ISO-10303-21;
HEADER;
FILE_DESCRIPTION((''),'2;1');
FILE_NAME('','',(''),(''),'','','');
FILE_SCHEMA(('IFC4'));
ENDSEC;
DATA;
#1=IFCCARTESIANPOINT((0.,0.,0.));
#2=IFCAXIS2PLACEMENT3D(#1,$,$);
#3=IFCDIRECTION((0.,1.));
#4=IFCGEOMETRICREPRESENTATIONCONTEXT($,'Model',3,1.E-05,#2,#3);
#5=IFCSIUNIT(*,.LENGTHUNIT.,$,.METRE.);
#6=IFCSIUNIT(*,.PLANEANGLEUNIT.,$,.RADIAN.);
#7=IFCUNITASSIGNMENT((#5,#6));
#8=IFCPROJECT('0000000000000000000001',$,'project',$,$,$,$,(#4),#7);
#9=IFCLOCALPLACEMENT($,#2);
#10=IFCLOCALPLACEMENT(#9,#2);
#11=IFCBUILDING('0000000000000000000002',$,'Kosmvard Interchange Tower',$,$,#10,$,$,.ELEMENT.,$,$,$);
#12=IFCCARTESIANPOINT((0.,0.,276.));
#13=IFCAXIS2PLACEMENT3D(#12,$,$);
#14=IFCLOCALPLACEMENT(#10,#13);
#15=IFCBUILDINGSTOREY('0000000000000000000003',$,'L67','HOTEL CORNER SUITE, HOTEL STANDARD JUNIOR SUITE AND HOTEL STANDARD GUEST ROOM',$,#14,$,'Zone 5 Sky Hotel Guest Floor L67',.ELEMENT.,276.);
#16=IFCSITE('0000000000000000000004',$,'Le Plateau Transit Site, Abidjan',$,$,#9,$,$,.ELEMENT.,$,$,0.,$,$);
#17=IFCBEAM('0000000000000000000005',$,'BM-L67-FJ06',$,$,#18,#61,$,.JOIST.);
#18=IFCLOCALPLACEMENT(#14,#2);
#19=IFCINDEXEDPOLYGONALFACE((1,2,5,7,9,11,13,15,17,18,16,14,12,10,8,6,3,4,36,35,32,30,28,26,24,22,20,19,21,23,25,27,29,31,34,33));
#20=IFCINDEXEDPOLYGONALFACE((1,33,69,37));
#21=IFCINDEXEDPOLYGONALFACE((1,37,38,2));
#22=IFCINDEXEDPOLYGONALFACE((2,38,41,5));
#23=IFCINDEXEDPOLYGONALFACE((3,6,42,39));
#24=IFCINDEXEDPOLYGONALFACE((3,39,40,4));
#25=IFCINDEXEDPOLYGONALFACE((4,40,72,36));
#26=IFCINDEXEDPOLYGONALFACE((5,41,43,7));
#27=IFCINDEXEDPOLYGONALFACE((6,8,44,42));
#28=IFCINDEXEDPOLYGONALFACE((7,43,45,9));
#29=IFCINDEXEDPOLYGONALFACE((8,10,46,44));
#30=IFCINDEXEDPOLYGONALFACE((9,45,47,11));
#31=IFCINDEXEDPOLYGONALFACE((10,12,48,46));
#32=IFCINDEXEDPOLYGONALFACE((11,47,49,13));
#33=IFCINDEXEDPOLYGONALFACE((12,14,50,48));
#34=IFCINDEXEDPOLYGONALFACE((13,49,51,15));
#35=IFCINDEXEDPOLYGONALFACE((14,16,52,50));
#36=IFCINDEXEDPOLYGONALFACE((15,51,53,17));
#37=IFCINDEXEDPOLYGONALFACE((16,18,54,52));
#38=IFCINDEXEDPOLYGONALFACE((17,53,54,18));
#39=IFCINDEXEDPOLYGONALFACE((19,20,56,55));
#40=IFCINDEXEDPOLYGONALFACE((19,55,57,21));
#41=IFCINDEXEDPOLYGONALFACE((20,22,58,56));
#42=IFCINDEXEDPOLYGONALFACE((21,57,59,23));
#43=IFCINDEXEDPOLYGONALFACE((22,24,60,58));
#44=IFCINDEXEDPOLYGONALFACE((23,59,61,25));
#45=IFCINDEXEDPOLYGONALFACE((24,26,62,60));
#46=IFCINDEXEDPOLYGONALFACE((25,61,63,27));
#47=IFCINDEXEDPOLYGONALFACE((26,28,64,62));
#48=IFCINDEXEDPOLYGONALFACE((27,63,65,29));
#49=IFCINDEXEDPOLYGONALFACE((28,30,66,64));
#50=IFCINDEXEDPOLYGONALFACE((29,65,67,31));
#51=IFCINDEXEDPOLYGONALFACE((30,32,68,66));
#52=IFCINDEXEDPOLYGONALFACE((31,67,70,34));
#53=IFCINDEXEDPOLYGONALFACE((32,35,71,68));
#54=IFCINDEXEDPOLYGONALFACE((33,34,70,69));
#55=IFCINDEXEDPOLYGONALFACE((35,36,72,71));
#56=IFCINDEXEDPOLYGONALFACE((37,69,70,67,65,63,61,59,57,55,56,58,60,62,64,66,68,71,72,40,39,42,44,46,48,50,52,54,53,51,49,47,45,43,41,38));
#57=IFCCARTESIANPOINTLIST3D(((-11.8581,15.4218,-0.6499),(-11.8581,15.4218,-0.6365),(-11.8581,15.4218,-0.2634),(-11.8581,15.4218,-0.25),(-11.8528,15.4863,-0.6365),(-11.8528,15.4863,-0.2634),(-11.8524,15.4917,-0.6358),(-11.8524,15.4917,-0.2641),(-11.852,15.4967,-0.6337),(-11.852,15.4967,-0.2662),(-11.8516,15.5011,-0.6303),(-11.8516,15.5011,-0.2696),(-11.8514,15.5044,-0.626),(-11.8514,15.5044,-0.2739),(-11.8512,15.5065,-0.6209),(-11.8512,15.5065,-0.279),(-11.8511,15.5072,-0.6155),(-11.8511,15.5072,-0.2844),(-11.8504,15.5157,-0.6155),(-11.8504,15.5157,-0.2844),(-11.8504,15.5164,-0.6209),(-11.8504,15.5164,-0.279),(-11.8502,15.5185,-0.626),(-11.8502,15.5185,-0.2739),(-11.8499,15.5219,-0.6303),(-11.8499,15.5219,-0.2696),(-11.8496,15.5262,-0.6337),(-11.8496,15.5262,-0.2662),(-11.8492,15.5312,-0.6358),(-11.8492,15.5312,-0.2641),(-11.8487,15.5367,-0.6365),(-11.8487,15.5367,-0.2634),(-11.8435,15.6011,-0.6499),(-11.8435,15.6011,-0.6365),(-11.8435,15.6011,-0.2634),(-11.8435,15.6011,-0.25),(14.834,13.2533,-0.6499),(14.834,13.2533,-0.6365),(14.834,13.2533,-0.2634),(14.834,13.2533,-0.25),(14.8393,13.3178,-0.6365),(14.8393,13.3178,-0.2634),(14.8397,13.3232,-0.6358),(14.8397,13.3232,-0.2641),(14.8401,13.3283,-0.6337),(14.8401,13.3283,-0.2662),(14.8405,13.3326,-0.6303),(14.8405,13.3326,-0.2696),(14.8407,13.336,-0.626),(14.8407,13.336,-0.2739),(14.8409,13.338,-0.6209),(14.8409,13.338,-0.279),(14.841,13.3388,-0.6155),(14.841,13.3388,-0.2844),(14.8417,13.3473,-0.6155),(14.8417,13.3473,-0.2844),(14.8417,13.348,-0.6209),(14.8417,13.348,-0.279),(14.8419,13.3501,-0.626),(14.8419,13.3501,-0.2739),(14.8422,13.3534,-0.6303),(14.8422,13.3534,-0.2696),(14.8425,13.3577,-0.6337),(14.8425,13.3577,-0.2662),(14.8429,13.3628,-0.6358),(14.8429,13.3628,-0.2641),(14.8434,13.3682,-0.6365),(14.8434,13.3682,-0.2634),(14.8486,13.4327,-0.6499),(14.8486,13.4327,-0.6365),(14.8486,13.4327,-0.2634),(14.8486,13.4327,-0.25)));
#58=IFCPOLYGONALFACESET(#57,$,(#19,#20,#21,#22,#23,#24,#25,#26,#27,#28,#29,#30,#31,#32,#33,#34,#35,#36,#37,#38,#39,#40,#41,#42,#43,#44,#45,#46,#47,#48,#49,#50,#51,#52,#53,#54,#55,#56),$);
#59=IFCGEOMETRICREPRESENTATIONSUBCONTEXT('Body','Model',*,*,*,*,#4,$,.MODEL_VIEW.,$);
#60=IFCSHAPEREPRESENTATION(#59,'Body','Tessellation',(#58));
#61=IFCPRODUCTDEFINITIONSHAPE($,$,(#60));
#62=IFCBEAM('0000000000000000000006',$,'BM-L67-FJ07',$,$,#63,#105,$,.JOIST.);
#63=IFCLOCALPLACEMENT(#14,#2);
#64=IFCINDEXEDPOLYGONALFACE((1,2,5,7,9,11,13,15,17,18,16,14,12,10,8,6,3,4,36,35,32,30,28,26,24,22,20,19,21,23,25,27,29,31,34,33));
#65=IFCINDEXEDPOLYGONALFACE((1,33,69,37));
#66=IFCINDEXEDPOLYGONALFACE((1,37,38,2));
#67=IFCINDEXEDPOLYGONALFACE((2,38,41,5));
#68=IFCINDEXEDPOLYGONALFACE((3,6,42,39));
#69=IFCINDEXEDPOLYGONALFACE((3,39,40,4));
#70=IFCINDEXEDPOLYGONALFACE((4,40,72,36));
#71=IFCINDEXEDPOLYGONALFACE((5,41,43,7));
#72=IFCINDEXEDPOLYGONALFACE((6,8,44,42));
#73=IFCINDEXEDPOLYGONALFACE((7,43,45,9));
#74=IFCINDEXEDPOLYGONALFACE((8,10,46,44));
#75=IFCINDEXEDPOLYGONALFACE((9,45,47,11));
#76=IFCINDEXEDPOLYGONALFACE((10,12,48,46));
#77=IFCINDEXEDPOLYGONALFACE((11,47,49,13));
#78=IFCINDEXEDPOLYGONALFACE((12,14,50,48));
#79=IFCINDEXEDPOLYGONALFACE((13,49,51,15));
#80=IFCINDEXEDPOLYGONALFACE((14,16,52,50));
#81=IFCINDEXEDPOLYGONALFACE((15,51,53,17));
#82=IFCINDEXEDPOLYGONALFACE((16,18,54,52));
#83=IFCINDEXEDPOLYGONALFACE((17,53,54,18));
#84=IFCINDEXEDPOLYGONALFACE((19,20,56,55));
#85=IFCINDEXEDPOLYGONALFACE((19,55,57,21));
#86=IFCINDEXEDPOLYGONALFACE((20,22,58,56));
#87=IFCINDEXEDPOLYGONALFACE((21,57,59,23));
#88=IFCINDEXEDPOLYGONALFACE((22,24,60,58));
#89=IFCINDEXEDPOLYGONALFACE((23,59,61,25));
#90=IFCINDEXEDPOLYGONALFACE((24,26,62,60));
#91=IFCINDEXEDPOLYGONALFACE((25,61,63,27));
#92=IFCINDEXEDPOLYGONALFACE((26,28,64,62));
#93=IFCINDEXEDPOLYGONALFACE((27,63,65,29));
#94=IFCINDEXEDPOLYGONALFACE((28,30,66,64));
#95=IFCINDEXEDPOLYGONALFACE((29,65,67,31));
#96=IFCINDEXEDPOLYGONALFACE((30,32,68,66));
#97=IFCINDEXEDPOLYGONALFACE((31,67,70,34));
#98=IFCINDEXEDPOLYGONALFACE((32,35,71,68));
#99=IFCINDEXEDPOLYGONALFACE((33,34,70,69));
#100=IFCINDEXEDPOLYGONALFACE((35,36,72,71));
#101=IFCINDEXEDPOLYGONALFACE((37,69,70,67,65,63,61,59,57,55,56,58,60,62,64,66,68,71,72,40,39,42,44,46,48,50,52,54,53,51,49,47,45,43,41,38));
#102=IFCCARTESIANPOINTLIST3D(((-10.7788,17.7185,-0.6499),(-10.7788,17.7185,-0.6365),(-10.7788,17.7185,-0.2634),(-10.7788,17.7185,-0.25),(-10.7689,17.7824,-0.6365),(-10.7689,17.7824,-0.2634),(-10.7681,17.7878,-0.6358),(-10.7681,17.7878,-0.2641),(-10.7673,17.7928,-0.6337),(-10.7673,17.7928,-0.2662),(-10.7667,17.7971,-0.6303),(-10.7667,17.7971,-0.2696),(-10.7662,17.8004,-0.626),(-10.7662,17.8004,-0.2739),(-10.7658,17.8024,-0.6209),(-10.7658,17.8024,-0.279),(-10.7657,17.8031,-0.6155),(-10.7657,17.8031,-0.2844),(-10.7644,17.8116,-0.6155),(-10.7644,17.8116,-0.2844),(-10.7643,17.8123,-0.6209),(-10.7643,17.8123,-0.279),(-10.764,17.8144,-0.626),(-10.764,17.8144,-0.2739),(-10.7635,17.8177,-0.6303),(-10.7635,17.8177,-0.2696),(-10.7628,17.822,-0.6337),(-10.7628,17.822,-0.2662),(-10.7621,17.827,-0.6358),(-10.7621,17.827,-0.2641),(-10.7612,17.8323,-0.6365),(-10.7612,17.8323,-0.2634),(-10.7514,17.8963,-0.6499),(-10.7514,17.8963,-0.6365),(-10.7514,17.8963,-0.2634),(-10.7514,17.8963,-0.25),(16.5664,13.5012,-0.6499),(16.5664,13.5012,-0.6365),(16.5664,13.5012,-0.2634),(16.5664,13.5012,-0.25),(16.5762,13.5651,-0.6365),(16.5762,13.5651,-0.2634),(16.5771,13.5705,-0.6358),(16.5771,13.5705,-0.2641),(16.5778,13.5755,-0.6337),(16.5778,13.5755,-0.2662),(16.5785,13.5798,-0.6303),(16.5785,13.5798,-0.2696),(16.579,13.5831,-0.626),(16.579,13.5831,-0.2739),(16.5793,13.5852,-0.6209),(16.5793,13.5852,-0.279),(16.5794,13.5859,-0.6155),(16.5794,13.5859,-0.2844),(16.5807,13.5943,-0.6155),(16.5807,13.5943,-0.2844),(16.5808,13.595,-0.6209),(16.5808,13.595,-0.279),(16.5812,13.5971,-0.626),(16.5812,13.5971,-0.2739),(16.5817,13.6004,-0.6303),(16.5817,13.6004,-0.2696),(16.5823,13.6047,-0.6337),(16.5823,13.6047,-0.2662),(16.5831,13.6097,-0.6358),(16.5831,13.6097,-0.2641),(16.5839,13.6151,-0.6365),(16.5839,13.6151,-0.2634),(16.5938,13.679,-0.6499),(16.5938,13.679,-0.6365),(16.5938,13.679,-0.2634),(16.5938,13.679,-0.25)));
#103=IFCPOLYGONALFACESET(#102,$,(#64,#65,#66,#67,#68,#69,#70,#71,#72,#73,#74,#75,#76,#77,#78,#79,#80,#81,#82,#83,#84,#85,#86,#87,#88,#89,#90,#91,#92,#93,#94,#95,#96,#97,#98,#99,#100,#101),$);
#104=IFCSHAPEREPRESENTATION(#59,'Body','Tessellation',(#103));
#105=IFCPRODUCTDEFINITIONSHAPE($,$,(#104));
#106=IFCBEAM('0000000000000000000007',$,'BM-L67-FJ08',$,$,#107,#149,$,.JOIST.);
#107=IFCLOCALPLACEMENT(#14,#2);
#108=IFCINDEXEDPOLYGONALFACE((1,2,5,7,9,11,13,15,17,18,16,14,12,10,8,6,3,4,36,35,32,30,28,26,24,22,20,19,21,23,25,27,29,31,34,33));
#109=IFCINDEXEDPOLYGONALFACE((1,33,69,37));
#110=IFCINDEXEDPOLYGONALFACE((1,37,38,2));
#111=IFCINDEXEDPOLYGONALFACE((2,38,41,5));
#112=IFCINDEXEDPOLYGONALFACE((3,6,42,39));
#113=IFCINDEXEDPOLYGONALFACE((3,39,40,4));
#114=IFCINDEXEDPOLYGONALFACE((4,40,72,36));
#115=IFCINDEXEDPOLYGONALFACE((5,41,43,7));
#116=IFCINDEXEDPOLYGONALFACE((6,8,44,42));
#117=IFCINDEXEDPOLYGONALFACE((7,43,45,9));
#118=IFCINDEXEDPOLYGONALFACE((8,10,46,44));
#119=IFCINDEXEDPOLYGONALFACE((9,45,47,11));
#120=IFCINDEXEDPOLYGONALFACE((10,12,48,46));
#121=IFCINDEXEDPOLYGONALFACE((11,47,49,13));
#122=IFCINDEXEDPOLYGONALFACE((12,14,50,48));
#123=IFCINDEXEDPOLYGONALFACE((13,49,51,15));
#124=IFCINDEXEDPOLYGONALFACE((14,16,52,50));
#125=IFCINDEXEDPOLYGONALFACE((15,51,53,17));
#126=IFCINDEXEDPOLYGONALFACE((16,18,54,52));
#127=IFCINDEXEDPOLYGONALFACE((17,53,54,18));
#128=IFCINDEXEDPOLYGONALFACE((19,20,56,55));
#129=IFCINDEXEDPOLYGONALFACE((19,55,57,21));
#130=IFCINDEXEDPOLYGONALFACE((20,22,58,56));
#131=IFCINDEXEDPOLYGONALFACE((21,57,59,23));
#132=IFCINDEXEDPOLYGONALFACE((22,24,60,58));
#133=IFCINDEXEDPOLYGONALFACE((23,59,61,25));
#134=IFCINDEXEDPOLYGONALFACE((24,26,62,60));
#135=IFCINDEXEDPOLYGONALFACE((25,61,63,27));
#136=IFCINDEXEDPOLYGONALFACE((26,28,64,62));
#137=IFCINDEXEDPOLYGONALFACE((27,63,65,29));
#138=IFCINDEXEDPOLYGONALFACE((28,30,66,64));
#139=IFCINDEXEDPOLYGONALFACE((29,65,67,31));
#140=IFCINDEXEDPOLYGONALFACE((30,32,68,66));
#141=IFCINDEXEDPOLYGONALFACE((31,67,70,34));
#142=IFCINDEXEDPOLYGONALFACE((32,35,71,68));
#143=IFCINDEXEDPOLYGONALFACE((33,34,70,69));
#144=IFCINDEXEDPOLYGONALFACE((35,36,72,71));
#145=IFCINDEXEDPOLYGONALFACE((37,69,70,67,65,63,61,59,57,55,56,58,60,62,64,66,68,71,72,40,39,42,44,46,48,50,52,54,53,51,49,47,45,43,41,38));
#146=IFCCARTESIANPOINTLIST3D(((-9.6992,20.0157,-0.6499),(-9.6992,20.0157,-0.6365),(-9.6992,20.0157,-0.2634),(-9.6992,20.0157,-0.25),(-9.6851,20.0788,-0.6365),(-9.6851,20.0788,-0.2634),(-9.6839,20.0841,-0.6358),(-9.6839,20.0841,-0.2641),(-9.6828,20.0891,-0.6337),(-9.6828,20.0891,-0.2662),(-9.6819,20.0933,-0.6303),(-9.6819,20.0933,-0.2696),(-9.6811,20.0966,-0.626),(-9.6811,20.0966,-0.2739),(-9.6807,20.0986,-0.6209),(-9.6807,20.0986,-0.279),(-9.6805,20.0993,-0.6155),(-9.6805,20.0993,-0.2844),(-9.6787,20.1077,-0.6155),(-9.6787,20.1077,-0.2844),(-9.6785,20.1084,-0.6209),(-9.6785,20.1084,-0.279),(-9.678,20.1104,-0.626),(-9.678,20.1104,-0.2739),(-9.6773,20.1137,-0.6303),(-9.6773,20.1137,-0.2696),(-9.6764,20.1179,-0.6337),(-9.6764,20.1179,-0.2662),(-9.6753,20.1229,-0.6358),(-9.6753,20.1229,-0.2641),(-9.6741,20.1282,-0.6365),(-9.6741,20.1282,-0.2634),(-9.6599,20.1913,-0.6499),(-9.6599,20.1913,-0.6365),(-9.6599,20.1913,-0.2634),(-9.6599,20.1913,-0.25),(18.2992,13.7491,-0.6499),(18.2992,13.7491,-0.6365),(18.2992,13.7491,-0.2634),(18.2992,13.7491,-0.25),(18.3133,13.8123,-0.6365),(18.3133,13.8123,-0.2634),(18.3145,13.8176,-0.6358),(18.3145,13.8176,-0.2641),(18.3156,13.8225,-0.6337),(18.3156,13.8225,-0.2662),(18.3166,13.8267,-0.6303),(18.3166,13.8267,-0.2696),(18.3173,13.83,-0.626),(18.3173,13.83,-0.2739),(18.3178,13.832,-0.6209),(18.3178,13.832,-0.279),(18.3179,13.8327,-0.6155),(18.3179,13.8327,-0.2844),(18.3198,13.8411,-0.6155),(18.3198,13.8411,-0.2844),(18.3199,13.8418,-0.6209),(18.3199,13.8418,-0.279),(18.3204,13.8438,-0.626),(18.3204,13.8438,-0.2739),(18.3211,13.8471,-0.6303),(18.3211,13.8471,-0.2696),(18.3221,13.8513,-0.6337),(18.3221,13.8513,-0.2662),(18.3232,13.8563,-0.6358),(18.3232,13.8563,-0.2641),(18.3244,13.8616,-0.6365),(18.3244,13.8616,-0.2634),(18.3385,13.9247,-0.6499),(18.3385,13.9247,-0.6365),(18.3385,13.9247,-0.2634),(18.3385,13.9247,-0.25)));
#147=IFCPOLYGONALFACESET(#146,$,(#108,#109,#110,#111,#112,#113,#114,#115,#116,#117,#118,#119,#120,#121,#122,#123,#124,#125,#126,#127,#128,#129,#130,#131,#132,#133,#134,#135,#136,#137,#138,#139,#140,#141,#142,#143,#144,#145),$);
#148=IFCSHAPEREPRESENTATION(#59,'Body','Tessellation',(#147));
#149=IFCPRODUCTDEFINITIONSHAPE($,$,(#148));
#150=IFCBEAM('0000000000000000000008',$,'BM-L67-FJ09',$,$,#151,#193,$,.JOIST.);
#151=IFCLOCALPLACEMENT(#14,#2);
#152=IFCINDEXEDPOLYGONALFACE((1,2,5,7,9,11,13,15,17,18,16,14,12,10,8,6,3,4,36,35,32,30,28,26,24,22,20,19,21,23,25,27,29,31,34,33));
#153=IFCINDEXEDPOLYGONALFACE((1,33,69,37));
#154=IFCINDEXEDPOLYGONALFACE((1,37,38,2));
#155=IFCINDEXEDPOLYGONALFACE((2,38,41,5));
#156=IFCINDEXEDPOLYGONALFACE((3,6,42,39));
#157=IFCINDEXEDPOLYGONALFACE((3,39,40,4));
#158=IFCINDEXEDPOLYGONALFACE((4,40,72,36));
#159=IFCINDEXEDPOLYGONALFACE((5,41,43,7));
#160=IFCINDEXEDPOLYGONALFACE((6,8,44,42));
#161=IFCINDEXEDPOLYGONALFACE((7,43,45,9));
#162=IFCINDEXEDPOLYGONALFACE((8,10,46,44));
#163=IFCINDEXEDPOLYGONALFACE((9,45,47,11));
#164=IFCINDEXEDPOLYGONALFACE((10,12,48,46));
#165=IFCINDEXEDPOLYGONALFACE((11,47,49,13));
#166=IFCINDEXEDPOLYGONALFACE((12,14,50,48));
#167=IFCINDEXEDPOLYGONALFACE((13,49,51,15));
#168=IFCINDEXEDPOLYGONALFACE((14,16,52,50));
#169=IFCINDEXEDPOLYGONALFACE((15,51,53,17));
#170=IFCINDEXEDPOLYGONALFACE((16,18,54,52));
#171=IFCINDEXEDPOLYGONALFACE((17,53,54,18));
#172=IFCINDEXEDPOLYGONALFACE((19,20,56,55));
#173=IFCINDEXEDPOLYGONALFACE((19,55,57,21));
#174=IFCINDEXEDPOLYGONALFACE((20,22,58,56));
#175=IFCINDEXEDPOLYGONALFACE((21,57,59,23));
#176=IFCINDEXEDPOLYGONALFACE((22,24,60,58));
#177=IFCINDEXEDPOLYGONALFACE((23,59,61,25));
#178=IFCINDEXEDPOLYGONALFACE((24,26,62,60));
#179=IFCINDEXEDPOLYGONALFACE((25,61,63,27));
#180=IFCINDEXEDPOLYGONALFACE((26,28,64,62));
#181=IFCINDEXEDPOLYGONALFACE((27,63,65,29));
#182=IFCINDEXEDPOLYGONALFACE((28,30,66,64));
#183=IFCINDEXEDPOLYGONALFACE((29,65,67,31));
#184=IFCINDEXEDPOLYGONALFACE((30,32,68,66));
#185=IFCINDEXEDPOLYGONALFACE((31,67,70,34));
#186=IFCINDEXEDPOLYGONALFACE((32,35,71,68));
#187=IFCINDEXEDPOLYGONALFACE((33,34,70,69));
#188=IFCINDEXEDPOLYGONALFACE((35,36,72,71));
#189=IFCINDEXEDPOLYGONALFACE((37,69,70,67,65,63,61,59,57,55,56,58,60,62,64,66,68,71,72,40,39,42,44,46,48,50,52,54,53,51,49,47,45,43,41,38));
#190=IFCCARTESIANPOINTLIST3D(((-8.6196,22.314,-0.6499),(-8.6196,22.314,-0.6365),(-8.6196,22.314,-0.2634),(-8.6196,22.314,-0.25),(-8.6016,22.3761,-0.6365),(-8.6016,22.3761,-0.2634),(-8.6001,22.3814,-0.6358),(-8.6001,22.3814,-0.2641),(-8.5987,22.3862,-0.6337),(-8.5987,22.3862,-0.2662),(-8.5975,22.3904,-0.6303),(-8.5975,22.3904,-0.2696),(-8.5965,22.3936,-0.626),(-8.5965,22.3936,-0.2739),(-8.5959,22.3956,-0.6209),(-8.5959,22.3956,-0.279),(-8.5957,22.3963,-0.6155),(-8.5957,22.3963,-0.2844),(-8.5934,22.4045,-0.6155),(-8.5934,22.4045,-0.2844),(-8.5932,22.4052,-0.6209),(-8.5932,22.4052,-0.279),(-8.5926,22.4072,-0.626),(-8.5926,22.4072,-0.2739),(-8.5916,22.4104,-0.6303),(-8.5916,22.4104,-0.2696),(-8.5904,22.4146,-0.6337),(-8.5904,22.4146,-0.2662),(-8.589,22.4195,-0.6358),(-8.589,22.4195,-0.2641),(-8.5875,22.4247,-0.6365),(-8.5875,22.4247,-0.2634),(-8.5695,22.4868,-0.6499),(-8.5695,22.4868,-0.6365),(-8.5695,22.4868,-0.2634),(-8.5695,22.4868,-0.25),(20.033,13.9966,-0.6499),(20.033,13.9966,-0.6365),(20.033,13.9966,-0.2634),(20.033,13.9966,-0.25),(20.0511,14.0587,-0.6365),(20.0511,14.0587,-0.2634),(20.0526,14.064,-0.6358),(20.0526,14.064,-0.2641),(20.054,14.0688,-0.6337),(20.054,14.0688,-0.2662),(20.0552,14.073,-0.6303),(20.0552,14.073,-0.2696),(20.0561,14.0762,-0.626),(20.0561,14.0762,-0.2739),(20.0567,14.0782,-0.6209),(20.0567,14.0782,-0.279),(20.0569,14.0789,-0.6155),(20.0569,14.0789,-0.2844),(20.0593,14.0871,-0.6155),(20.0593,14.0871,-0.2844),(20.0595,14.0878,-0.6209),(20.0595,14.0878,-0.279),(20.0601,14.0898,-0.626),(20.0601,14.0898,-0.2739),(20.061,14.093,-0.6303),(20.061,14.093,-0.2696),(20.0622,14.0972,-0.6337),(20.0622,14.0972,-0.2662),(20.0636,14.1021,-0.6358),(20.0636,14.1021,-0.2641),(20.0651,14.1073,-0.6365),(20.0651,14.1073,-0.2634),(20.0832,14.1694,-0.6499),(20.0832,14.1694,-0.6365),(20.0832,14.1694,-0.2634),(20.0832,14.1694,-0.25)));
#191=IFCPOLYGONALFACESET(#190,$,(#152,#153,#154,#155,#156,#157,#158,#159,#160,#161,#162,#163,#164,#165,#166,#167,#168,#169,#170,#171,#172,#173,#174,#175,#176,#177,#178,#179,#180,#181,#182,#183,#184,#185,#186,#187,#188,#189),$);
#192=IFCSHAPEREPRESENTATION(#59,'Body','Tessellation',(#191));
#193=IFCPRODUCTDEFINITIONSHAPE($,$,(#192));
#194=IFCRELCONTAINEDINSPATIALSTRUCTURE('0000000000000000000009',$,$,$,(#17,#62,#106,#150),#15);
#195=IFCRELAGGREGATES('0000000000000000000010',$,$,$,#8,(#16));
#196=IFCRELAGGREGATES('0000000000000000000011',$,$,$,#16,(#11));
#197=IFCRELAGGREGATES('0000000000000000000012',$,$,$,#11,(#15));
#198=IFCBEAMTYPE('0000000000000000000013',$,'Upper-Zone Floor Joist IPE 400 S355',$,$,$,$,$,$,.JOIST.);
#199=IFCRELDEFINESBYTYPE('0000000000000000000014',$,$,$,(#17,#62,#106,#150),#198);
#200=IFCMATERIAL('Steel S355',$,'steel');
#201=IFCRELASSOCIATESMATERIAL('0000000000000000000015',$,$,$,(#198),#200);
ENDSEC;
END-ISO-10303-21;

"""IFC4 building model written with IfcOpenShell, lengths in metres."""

from ifc_helpers import new_model, si_unit, direction, frame, origin, origin_2d, place, context, subcontext, project, spatial, i_section, extrude, source, transform, mapped, material, material_profile, profile_set, type_object, element, save


model = new_model("IFC4")

# Units and contexts
model_context = context("Model", 3, precision=1e-05, world=origin(), true_north=direction((0.0, 1.0)))
body_context = subcontext(model_context, "Body", "Model", "MODEL_VIEW")
ifc_project = project(units=[si_unit("LENGTHUNIT", "METRE"), si_unit("PLANEANGLEUNIT", "RADIAN")], contexts=[model_context])

# Site, building, storey
site_placement = place(None, origin())
site = spatial("IfcSite", under=ifc_project, at=site_placement, Name="Le Plateau Transit Site, Abidjan", CompositionType="ELEMENT", RefElevation=0.0)
building_placement = place(site_placement, origin())
building = spatial("IfcBuilding", under=site, at=building_placement, Name="Kosmvard Interchange Tower", CompositionType="ELEMENT")
storey_placement = place(building_placement, frame((0.0, 0.0, 276.0)))
storey = spatial("IfcBuildingStorey", under=building, at=storey_placement, Name="L67", Description="HOTEL CORNER SUITE, HOTEL STANDARD JUNIOR SUITE AND HOTEL STANDARD GUEST ROOM", LongName="Zone 5 Sky Hotel Guest Floor L67", CompositionType="ELEMENT", Elevation=276.0)

# Beams
ifc_material_1 = material(Name="Steel S355", Category="steel")
ifc_material_profile_1 = material_profile(ifc_material_1, i_section(OverallWidth=0.1799, OverallDepth=0.3999, WebThickness=0.0085, FlangeThickness=0.0134, FilletRadius=0.021, at=origin_2d()), Name="IPE 400")
ifc_profile_set_1 = profile_set([ifc_material_profile_1], Name="Steel S355")
beam_type_1 = type_object("IfcBeamType", Name="Upper-Zone Floor Joist IPE 400 S355", PredefinedType="JOIST", material=ifc_profile_set_1)
shared_shape_1 = source(origin(), body_context, "Body", "SweptSolid", [
    extrude(i_section(OverallWidth=0.1799, OverallDepth=0.3999, WebThickness=0.0085, FlangeThickness=0.0134, FilletRadius=0.021, at=origin_2d()), origin(), (0.0, 0.0, 1.0), 26.78),
])
beam_1_placement = place(storey_placement, frame((14.8413, 13.343, -0.45), z_axis=(-0.996716, 0.080973, 0.0), x_axis=(-0.080973, -0.996716, 0.0)))
element("IfcBeam", 1, at=beam_1_placement, inside=storey, type_object=beam_type_1, Name="BM-L67-FJ06", PredefinedType="JOIST", context=body_context, shape_type="MappedRepresentation", body=[
    mapped(shared_shape_1, transform((0.0, 0.0, 0.0), scale=1.0)),
])
shared_shape_2 = source(origin(), body_context, "Body", "SweptSolid", [
    extrude(i_section(OverallWidth=0.1799, OverallDepth=0.3999, WebThickness=0.0085, FlangeThickness=0.0134, FilletRadius=0.021, at=origin_2d()), origin(), (0.0, 0.0, 1.0), 27.6685),
])
beam_2_placement = place(storey_placement, frame((16.5801, 13.5901, -0.45), z_axis=(-0.988316, 0.152422, 0.0), x_axis=(-0.152422, -0.988316, 0.0)))
element("IfcBeam", 2, at=beam_2_placement, inside=storey, type_object=beam_type_1, Name="BM-L67-FJ07", PredefinedType="JOIST", context=body_context, shape_type="MappedRepresentation", body=[
    mapped(shared_shape_2, transform((0.0, 0.0, 0.0), scale=1.0)),
])
shared_shape_3 = source(origin(), body_context, "Body", "SweptSolid", [
    extrude(i_section(OverallWidth=0.1799, OverallDepth=0.3999, WebThickness=0.0085, FlangeThickness=0.0134, FilletRadius=0.021, at=origin_2d()), origin(), (0.0, 0.0, 1.0), 28.6912),
])
beam_3_placement = place(storey_placement, frame((18.3188, 13.8369, -0.45), z_axis=(-0.975856, 0.218415, 0.0), x_axis=(-0.218415, -0.975856, 0.0)))
element("IfcBeam", 3, at=beam_3_placement, inside=storey, type_object=beam_type_1, Name="BM-L67-FJ08", PredefinedType="JOIST", context=body_context, shape_type="MappedRepresentation", body=[
    mapped(shared_shape_3, transform((0.0, 0.0, 0.0), scale=1.0)),
])
shared_shape_4 = source(origin(), body_context, "Body", "SweptSolid", [
    extrude(i_section(OverallWidth=0.1799, OverallDepth=0.3999, WebThickness=0.0085, FlangeThickness=0.0134, FilletRadius=0.021, at=origin_2d()), origin(), (0.0, 0.0, 1.0), 29.8354),
])
beam_4_placement = place(storey_placement, frame((20.0581, 14.083, -0.45), z_axis=(-0.960356, 0.278776, 0.0), x_axis=(-0.278776, -0.960356, 0.0)))
element("IfcBeam", 4, at=beam_4_placement, inside=storey, type_object=beam_type_1, Name="BM-L67-FJ09", PredefinedType="JOIST", context=body_context, shape_type="MappedRepresentation", body=[
    mapped(shared_shape_4, transform((0.0, 0.0, 0.0), scale=1.0)),
])

save(model, "model.ifc")
